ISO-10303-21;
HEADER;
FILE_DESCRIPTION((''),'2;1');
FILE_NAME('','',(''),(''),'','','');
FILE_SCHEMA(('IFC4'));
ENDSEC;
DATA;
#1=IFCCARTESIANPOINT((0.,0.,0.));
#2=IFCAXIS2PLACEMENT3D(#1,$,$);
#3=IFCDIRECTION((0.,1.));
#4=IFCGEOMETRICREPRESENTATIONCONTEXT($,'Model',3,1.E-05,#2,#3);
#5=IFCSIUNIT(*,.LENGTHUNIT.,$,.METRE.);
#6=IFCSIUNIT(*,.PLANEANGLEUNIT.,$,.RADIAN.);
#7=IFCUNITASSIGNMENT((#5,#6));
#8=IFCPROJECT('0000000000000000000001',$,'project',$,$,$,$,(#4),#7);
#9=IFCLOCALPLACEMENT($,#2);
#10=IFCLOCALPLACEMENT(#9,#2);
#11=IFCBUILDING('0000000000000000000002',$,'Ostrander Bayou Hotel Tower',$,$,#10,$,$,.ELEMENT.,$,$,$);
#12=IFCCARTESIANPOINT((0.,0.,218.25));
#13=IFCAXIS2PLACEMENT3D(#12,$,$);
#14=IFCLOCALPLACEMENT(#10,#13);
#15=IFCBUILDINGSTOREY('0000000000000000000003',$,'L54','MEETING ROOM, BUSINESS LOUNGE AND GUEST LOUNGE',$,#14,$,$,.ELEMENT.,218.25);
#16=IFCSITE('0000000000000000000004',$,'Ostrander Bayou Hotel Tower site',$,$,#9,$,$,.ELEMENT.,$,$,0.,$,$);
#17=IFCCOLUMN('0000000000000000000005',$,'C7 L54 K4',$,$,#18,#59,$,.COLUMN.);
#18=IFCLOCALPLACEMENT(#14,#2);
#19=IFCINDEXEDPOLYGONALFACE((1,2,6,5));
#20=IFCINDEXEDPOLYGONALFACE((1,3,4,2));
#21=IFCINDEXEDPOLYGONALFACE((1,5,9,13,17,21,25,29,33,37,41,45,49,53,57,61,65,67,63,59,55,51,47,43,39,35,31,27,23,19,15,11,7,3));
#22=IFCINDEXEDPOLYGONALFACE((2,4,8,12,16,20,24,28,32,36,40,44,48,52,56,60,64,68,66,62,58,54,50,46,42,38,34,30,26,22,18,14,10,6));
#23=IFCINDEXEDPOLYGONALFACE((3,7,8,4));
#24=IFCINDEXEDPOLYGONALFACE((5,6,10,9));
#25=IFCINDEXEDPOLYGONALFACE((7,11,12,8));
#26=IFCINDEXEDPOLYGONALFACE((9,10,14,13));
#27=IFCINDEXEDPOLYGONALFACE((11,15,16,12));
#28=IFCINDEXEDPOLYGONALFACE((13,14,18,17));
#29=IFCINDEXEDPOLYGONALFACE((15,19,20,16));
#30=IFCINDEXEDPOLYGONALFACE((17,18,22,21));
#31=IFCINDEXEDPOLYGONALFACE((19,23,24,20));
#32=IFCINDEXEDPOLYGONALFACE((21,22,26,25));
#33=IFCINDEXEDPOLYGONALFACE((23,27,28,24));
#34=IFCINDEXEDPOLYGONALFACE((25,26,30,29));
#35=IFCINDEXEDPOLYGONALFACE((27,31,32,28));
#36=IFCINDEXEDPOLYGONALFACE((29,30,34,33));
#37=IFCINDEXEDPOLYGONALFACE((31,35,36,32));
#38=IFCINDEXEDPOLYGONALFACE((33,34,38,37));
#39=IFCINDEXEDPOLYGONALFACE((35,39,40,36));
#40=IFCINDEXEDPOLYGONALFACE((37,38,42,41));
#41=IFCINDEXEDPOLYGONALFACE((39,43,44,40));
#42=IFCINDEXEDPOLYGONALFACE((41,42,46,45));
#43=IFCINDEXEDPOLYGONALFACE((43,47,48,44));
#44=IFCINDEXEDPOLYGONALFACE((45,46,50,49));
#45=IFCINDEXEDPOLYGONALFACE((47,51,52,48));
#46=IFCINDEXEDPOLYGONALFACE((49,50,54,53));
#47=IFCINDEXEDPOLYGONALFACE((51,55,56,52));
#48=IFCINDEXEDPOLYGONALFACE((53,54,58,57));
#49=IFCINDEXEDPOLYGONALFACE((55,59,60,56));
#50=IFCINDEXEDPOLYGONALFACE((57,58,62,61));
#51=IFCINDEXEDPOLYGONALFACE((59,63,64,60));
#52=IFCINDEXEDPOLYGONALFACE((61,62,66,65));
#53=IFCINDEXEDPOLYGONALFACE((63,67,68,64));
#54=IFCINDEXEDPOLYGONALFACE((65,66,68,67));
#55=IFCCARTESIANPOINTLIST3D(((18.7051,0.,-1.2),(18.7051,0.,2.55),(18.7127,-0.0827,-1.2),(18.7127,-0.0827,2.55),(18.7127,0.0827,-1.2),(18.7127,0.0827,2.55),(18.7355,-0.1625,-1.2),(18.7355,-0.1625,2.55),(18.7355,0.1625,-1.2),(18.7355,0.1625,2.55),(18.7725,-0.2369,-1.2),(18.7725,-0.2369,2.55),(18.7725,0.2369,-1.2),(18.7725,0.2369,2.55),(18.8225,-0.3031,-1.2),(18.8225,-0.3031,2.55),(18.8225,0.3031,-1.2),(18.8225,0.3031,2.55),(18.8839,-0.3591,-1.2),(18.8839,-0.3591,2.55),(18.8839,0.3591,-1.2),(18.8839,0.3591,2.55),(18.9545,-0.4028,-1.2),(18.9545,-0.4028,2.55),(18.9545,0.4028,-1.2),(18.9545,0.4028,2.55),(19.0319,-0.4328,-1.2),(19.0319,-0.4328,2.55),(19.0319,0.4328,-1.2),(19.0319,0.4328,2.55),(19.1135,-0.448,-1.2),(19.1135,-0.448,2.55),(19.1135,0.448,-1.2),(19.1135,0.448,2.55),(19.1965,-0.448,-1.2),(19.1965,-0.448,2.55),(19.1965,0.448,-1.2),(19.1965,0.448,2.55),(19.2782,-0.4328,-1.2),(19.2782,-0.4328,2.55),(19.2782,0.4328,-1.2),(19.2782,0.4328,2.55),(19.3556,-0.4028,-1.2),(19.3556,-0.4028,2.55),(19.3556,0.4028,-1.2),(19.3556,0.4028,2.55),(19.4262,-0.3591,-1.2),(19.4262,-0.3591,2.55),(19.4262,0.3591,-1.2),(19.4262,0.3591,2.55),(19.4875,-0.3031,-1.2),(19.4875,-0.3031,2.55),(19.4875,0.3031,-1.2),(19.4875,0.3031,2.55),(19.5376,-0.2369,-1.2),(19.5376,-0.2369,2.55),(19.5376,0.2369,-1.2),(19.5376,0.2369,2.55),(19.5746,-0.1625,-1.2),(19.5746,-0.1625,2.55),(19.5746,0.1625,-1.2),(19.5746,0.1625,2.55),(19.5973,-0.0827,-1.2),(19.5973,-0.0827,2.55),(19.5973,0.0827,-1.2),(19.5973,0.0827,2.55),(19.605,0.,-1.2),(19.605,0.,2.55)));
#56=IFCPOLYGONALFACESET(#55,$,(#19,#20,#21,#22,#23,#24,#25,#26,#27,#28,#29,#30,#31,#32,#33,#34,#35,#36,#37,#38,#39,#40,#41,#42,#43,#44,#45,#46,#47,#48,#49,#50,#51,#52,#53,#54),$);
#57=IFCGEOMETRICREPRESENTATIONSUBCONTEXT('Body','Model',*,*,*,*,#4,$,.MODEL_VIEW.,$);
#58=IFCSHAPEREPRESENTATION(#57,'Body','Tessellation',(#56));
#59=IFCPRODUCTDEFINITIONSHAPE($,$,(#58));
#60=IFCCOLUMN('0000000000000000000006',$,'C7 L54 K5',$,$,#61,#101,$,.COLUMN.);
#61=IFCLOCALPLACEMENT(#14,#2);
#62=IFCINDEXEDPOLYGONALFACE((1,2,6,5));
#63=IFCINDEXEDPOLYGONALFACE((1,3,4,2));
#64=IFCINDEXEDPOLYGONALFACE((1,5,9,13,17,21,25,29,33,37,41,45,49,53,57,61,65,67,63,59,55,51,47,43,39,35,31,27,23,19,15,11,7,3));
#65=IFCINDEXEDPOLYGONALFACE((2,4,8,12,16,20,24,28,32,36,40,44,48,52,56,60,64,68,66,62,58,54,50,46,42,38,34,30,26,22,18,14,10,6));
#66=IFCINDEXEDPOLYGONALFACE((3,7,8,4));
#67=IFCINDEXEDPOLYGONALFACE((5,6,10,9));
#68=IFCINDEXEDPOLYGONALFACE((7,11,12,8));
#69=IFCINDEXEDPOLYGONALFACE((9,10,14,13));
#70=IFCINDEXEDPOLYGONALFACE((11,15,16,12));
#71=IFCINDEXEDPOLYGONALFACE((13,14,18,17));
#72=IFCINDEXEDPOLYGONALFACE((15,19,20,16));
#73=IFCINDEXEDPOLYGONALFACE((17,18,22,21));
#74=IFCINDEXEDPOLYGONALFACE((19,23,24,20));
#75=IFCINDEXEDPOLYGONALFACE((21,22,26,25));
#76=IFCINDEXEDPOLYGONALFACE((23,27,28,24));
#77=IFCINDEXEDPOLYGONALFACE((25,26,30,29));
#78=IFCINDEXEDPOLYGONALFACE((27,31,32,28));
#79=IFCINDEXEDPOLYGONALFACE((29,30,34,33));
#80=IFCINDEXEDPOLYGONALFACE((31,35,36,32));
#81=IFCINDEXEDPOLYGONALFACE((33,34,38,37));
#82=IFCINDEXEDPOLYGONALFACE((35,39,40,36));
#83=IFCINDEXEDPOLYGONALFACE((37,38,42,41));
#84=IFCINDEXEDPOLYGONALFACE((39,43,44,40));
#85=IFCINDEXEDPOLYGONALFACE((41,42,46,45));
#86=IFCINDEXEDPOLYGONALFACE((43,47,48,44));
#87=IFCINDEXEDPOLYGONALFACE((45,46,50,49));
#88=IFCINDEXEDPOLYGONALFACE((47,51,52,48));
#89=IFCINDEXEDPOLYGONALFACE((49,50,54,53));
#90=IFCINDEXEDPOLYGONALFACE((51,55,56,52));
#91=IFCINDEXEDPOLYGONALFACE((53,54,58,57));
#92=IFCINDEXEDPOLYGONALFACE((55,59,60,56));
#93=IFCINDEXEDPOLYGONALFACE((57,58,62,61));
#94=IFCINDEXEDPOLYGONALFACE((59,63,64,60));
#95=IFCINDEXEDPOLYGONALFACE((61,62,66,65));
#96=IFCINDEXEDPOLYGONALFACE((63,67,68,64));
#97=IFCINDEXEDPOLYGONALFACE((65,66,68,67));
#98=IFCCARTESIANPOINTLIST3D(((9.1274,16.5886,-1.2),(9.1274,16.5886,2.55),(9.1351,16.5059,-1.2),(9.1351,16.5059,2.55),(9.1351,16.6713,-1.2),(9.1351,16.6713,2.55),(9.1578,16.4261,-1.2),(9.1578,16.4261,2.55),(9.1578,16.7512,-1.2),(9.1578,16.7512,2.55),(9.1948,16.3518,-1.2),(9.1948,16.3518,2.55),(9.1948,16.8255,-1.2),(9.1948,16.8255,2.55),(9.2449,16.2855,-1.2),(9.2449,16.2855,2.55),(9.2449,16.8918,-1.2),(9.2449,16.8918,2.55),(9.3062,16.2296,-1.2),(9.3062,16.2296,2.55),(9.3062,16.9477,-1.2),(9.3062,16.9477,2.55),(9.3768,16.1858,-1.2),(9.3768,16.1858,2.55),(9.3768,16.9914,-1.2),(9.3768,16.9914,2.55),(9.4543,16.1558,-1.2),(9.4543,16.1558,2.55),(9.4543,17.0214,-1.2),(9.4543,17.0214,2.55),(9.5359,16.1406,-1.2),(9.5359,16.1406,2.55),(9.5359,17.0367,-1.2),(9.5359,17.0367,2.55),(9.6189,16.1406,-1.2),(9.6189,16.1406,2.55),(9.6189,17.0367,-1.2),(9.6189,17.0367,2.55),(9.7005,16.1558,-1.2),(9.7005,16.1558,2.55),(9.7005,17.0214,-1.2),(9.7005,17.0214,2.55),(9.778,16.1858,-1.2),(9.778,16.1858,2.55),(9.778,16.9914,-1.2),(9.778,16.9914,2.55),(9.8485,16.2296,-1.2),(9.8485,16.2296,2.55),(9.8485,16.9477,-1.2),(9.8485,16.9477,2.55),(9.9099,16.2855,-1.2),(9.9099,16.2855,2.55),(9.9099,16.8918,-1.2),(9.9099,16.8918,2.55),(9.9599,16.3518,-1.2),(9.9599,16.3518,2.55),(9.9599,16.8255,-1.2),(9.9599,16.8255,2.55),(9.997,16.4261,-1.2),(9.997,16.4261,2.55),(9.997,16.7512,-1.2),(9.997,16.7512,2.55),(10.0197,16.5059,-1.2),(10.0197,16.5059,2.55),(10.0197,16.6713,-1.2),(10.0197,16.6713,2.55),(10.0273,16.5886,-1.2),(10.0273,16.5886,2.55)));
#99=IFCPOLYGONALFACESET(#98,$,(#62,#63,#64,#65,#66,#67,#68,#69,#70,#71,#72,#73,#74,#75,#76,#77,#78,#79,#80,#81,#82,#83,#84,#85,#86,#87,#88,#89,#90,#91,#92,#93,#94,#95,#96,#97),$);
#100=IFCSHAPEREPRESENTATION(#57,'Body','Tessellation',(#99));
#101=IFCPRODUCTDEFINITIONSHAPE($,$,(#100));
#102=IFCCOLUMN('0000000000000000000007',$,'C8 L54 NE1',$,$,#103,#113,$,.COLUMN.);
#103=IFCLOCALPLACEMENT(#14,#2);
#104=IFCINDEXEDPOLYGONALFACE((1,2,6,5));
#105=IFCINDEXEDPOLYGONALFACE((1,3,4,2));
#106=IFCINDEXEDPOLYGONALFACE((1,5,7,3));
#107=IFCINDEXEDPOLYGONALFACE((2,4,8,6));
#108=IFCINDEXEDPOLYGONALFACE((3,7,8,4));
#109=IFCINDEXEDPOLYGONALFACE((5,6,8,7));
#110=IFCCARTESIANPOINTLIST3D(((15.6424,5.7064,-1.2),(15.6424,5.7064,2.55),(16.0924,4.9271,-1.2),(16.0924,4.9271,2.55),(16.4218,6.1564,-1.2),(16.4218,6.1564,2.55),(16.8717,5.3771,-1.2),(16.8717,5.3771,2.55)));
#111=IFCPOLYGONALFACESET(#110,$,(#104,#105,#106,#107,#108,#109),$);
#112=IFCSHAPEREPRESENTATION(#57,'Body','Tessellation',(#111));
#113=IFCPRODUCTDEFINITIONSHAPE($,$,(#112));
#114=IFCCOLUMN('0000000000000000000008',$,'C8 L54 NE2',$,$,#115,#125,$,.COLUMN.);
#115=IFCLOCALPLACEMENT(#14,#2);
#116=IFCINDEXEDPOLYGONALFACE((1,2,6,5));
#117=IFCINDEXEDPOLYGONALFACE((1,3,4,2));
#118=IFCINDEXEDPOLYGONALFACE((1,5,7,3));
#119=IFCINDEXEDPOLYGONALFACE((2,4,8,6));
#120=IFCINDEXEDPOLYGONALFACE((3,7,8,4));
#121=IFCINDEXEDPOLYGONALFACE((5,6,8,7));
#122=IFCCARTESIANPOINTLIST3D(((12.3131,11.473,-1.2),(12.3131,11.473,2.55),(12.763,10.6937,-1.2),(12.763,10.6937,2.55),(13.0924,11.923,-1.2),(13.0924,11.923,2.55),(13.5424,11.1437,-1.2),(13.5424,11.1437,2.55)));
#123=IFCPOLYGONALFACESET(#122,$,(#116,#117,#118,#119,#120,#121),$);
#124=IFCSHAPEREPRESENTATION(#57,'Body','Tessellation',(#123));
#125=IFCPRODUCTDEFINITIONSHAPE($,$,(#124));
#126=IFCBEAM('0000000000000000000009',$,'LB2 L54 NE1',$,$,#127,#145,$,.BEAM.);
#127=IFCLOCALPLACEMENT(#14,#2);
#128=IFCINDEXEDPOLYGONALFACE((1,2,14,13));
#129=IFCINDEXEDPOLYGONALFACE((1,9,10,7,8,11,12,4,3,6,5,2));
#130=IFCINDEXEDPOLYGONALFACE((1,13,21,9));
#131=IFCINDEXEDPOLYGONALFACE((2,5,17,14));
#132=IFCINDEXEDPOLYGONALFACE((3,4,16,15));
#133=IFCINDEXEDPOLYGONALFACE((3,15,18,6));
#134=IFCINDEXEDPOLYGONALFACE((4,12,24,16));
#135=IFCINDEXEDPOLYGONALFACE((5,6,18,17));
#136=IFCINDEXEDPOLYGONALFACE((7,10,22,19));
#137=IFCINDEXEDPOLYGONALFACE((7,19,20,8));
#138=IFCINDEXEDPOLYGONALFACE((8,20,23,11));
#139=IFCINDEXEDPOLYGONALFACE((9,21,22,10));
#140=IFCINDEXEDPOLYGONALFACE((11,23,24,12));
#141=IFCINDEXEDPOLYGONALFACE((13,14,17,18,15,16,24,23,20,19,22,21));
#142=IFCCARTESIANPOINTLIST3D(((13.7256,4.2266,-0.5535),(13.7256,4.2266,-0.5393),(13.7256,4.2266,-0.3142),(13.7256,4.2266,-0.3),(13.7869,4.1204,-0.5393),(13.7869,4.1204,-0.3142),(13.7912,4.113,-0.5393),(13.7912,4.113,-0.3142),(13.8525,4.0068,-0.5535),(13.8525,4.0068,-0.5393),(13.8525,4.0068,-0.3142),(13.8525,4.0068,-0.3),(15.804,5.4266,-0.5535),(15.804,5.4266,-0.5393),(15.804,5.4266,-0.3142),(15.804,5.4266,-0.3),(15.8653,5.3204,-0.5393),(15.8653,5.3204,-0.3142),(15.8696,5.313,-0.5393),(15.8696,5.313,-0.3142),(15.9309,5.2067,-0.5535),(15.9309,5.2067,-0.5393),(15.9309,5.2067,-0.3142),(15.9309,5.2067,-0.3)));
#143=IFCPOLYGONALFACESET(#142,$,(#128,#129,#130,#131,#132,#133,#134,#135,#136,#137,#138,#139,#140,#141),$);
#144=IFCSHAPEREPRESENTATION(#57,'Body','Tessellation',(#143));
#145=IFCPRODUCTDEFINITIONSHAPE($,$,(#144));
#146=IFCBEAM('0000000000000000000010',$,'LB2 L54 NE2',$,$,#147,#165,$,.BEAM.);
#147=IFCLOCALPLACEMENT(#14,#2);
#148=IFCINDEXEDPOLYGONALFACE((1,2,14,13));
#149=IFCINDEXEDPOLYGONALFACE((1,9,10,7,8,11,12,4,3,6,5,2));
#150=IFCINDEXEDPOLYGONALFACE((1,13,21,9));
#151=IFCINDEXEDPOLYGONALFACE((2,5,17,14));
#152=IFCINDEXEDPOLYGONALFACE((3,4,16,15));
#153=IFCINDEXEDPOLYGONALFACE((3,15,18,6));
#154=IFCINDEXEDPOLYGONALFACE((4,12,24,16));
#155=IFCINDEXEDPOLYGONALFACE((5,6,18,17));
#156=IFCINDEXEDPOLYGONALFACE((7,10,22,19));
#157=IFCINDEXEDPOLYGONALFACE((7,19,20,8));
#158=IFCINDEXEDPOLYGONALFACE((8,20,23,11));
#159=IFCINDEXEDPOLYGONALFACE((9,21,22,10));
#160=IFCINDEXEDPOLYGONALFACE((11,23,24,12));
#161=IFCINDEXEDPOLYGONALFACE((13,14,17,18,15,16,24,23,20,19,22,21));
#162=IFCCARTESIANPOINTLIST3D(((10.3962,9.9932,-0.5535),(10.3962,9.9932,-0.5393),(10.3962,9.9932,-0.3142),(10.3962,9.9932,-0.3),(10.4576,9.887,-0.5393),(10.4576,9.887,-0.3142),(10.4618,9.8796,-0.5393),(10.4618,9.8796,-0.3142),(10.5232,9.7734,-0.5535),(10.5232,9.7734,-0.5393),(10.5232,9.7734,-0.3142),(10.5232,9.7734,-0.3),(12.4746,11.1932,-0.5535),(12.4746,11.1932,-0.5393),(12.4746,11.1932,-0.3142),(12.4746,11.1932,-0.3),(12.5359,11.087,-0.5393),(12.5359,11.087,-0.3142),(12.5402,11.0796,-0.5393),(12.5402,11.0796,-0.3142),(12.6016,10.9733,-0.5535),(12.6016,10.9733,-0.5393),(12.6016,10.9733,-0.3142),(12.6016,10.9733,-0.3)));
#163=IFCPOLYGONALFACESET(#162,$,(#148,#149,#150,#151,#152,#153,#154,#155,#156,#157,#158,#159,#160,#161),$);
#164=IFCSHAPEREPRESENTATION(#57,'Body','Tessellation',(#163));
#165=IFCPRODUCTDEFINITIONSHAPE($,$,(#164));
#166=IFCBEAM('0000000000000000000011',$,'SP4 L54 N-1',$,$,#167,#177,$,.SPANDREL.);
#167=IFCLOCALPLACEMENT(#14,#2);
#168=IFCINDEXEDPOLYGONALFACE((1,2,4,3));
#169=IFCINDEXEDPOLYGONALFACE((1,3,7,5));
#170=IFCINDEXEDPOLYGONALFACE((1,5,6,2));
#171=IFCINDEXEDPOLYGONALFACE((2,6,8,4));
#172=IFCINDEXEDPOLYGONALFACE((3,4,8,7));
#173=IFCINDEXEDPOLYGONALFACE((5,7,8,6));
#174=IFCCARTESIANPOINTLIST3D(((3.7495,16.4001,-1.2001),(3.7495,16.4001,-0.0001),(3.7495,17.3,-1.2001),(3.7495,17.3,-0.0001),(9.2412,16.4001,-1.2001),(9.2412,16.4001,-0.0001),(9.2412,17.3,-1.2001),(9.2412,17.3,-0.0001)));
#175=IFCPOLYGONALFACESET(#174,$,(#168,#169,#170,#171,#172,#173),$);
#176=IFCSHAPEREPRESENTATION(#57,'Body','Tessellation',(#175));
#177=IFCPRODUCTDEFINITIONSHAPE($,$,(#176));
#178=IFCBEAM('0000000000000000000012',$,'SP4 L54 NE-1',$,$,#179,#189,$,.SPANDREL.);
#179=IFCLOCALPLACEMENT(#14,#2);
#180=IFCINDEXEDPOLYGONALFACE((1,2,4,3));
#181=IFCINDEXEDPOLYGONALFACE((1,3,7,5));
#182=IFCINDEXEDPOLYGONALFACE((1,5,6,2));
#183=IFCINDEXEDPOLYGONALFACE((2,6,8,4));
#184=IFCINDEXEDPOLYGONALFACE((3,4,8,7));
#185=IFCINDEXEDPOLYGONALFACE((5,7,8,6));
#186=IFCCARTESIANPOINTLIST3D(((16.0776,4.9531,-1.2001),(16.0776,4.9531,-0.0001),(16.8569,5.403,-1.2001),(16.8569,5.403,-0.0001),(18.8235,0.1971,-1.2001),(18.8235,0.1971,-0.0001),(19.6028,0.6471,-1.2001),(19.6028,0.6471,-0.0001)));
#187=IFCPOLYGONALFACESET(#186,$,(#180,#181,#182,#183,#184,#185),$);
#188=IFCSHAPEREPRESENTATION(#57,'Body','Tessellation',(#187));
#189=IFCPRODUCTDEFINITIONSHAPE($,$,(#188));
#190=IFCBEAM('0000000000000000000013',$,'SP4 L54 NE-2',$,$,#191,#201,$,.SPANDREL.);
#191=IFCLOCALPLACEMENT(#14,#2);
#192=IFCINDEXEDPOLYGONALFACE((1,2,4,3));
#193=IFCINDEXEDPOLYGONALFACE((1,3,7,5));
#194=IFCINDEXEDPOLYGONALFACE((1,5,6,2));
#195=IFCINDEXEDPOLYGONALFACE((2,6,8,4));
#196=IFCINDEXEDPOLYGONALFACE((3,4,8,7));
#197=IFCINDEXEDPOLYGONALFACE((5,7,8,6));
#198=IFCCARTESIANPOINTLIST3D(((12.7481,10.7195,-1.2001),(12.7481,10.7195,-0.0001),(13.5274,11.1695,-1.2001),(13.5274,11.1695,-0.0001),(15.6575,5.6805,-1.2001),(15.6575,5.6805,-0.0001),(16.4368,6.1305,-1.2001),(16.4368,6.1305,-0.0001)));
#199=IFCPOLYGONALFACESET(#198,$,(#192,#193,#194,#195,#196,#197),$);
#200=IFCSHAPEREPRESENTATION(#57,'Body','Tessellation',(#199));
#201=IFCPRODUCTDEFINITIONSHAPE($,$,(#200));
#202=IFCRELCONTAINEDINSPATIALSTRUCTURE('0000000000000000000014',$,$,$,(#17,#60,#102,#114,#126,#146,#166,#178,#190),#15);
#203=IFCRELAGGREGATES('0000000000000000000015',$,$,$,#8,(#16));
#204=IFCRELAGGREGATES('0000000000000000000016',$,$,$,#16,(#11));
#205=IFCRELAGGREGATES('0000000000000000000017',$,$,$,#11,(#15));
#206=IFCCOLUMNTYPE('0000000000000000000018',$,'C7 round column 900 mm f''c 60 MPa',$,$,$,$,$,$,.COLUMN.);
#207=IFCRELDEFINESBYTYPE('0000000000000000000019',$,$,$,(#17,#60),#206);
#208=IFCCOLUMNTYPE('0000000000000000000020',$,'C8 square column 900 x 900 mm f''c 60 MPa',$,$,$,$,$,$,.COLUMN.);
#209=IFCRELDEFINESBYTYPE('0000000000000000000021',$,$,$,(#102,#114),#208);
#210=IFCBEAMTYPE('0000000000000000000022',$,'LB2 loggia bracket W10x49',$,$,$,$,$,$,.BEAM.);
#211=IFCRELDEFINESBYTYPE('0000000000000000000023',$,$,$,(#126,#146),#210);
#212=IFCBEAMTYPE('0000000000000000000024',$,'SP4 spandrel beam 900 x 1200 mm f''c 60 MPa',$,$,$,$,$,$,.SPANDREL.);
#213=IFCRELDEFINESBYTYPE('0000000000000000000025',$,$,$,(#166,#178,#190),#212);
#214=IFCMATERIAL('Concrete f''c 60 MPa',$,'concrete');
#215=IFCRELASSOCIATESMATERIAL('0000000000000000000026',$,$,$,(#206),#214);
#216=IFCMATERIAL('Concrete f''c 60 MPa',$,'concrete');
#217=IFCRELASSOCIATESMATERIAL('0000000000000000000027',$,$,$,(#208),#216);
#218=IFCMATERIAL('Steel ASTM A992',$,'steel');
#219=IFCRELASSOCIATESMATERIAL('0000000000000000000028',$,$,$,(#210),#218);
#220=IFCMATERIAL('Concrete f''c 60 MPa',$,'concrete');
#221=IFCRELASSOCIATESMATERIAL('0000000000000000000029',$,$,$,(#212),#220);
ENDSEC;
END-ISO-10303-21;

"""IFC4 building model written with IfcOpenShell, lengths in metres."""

from ifc_helpers import new_model, si_unit, direction, frame, origin, origin_2d, place, context, subcontext, project, spatial, rectangle, circle, i_section, extrude, material, material_profile, profile_set, type_object, element, save


model = new_model("IFC4")

# Units and contexts
model_context = context("Model", 3, precision=1e-05, world=origin(), true_north=direction((0.0, 1.0)))
body_context = subcontext(model_context, "Body", "Model", "MODEL_VIEW")
ifc_project = project(units=[si_unit("LENGTHUNIT", "METRE"), si_unit("PLANEANGLEUNIT", "RADIAN")], contexts=[model_context])

# Site, building, storey
site_placement = place(None, origin())
site = spatial("IfcSite", under=ifc_project, at=site_placement, Name="Ostrander Bayou Hotel Tower site", CompositionType="ELEMENT", RefElevation=0.0)
building_placement = place(site_placement, origin())
building = spatial("IfcBuilding", under=site, at=building_placement, Name="Ostrander Bayou Hotel Tower", CompositionType="ELEMENT")
storey_placement = place(building_placement, frame((0.0, 0.0, 218.25)))
storey = spatial("IfcBuildingStorey", under=building, at=storey_placement, Name="L54", Description="MEETING ROOM, BUSINESS LOUNGE AND GUEST LOUNGE", CompositionType="ELEMENT", Elevation=218.25)

# Columns
ifc_material_1 = material(Name="Concrete f'c 60 MPa", Category="concrete")
ifc_material_profile_1 = material_profile(ifc_material_1, circle(Radius=0.45, at=origin_2d()))
ifc_profile_set_1 = profile_set([ifc_material_profile_1], Name="Concrete f'c 60 MPa")
column_type_1 = type_object("IfcColumnType", Name="C7 round column 900 mm f'c 60 MPa", PredefinedType="COLUMN", material=ifc_profile_set_1)
for number, where, z_axis, x_axis, name in (
    (1, (19.155, 0.0, -1.2), (0.0, 0.0, 1.0), (1.0, 0.0, 0.0), "C7 L54 K4"),
    (2, (9.5774, 16.5886, -1.2), (0.0, 0.0, 1.0), (1.0, 0.0, 0.0), "C7 L54 K5"),
):
    element("IfcColumn", number, at=place(storey_placement, frame(where, z_axis=z_axis, x_axis=x_axis)), inside=storey, type_object=column_type_1, Name=name, PredefinedType="COLUMN", context=body_context, shape_type="SweptSolid", body=[
        extrude(circle(Radius=0.45, at=origin_2d()), origin(), (0.0, 0.0, 1.0), 3.75),
    ])
ifc_material_2 = material(Name="Concrete f'c 60 MPa", Category="concrete")
ifc_material_profile_2 = material_profile(ifc_material_2, rectangle(XDim=0.8999, YDim=0.8999, at=origin_2d()))
ifc_profile_set_2 = profile_set([ifc_material_profile_2], Name="Concrete f'c 60 MPa")
column_type_2 = type_object("IfcColumnType", Name="C8 square column 900 x 900 mm f'c 60 MPa", PredefinedType="COLUMN", material=ifc_profile_set_2)
for number, where, z_axis, x_axis, name in (
    (3, (16.2571, 5.5417, -1.2), (0.0, 0.0, 1.0), (0.5, -0.866025, 0.0), "C8 L54 NE1"),
    (4, (12.9277, 11.3083, -1.2), (0.0, 0.0, 1.0), (0.5, -0.866025, 0.0), "C8 L54 NE2"),
):
    element("IfcColumn", number, at=place(storey_placement, frame(where, z_axis=z_axis, x_axis=x_axis)), inside=storey, type_object=column_type_2, Name=name, PredefinedType="COLUMN", context=body_context, shape_type="SweptSolid", body=[
        extrude(rectangle(XDim=0.8999, YDim=0.8999, at=origin_2d()), origin(), (0.0, 0.0, 1.0), 3.75),
    ])

# Beams
ifc_material_3 = material(Name="Steel ASTM A992", Category="steel")
ifc_material_profile_3 = material_profile(ifc_material_3, i_section(OverallWidth=0.2539, OverallDepth=0.2534, WebThickness=0.0085, FlangeThickness=0.0142, at=origin_2d()))
ifc_profile_set_3 = profile_set([ifc_material_profile_3], Name="Steel ASTM A992")
beam_type_1 = type_object("IfcBeamType", Name="LB2 loggia bracket W10x49", PredefinedType="BEAM", material=ifc_profile_set_3)
for number, where, z_axis, x_axis, name in (
    (5, (15.8674, 5.3167, -0.4268), (-0.866025, -0.500001, 0.0), (0.500001, -0.866025, 0.0), "LB2 L54 NE1"),
    (6, (12.5381, 11.0833, -0.4268), (-0.866025, -0.500001, 0.0), (0.500001, -0.866025, 0.0), "LB2 L54 NE2"),
):
    element("IfcBeam", number, at=place(storey_placement, frame(where, z_axis=z_axis, x_axis=x_axis)), inside=storey, type_object=beam_type_1, Name=name, PredefinedType="BEAM", context=body_context, shape_type="SweptSolid", body=[
        extrude(i_section(OverallWidth=0.2539, OverallDepth=0.2534, WebThickness=0.0085, FlangeThickness=0.0142, at=origin_2d()), origin(), (0.0, 0.0, 1.0), 2.3999),
    ])
ifc_material_4 = material(Name="Concrete f'c 60 MPa", Category="concrete")
ifc_material_profile_4 = material_profile(ifc_material_4, rectangle(XDim=0.8999, YDim=1.2, at=origin_2d()))
ifc_profile_set_4 = profile_set([ifc_material_profile_4], Name="Concrete f'c 60 MPa")
beam_type_2 = type_object("IfcBeamType", Name="SP4 spandrel beam 900 x 1200 mm f'c 60 MPa", PredefinedType="SPANDREL", material=ifc_profile_set_4)
for number, where, z_axis, x_axis, name in (
    (7, (9.2412, 16.8501, -0.6001), (-1.0, 0.0, 0.0), (0.0, -1.0, 0.0), "SP4 L54 N-1"),
    (8, (19.2131, 0.4221, -0.6001), (-0.500007, 0.866021, 0.0), (-0.866021, -0.500007, 0.0), "SP4 L54 NE-1"),
):
    element("IfcBeam", number, at=place(storey_placement, frame(where, z_axis=z_axis, x_axis=x_axis)), inside=storey, type_object=beam_type_2, Name=name, PredefinedType="SPANDREL", context=body_context, shape_type="SweptSolid", body=[
        extrude(rectangle(XDim=0.8999, YDim=1.2, at=origin_2d()), origin(), (0.0, 0.0, 1.0), 5.4917),
    ])
beam_1_placement = place(storey_placement, frame((16.0471, 5.9055, -0.6001), z_axis=(-0.500015, 0.866016, 0.0), x_axis=(-0.866016, -0.500015, 0.0)))
element("IfcBeam", 9, at=beam_1_placement, inside=storey, type_object=beam_type_2, Name="SP4 L54 NE-2", PredefinedType="SPANDREL", context=body_context, shape_type="SweptSolid", body=[
    extrude(rectangle(XDim=0.8999, YDim=1.2, at=origin_2d()), origin(), (0.0, 0.0, 1.0), 5.8186),
])

save(model, "model.ifc")
